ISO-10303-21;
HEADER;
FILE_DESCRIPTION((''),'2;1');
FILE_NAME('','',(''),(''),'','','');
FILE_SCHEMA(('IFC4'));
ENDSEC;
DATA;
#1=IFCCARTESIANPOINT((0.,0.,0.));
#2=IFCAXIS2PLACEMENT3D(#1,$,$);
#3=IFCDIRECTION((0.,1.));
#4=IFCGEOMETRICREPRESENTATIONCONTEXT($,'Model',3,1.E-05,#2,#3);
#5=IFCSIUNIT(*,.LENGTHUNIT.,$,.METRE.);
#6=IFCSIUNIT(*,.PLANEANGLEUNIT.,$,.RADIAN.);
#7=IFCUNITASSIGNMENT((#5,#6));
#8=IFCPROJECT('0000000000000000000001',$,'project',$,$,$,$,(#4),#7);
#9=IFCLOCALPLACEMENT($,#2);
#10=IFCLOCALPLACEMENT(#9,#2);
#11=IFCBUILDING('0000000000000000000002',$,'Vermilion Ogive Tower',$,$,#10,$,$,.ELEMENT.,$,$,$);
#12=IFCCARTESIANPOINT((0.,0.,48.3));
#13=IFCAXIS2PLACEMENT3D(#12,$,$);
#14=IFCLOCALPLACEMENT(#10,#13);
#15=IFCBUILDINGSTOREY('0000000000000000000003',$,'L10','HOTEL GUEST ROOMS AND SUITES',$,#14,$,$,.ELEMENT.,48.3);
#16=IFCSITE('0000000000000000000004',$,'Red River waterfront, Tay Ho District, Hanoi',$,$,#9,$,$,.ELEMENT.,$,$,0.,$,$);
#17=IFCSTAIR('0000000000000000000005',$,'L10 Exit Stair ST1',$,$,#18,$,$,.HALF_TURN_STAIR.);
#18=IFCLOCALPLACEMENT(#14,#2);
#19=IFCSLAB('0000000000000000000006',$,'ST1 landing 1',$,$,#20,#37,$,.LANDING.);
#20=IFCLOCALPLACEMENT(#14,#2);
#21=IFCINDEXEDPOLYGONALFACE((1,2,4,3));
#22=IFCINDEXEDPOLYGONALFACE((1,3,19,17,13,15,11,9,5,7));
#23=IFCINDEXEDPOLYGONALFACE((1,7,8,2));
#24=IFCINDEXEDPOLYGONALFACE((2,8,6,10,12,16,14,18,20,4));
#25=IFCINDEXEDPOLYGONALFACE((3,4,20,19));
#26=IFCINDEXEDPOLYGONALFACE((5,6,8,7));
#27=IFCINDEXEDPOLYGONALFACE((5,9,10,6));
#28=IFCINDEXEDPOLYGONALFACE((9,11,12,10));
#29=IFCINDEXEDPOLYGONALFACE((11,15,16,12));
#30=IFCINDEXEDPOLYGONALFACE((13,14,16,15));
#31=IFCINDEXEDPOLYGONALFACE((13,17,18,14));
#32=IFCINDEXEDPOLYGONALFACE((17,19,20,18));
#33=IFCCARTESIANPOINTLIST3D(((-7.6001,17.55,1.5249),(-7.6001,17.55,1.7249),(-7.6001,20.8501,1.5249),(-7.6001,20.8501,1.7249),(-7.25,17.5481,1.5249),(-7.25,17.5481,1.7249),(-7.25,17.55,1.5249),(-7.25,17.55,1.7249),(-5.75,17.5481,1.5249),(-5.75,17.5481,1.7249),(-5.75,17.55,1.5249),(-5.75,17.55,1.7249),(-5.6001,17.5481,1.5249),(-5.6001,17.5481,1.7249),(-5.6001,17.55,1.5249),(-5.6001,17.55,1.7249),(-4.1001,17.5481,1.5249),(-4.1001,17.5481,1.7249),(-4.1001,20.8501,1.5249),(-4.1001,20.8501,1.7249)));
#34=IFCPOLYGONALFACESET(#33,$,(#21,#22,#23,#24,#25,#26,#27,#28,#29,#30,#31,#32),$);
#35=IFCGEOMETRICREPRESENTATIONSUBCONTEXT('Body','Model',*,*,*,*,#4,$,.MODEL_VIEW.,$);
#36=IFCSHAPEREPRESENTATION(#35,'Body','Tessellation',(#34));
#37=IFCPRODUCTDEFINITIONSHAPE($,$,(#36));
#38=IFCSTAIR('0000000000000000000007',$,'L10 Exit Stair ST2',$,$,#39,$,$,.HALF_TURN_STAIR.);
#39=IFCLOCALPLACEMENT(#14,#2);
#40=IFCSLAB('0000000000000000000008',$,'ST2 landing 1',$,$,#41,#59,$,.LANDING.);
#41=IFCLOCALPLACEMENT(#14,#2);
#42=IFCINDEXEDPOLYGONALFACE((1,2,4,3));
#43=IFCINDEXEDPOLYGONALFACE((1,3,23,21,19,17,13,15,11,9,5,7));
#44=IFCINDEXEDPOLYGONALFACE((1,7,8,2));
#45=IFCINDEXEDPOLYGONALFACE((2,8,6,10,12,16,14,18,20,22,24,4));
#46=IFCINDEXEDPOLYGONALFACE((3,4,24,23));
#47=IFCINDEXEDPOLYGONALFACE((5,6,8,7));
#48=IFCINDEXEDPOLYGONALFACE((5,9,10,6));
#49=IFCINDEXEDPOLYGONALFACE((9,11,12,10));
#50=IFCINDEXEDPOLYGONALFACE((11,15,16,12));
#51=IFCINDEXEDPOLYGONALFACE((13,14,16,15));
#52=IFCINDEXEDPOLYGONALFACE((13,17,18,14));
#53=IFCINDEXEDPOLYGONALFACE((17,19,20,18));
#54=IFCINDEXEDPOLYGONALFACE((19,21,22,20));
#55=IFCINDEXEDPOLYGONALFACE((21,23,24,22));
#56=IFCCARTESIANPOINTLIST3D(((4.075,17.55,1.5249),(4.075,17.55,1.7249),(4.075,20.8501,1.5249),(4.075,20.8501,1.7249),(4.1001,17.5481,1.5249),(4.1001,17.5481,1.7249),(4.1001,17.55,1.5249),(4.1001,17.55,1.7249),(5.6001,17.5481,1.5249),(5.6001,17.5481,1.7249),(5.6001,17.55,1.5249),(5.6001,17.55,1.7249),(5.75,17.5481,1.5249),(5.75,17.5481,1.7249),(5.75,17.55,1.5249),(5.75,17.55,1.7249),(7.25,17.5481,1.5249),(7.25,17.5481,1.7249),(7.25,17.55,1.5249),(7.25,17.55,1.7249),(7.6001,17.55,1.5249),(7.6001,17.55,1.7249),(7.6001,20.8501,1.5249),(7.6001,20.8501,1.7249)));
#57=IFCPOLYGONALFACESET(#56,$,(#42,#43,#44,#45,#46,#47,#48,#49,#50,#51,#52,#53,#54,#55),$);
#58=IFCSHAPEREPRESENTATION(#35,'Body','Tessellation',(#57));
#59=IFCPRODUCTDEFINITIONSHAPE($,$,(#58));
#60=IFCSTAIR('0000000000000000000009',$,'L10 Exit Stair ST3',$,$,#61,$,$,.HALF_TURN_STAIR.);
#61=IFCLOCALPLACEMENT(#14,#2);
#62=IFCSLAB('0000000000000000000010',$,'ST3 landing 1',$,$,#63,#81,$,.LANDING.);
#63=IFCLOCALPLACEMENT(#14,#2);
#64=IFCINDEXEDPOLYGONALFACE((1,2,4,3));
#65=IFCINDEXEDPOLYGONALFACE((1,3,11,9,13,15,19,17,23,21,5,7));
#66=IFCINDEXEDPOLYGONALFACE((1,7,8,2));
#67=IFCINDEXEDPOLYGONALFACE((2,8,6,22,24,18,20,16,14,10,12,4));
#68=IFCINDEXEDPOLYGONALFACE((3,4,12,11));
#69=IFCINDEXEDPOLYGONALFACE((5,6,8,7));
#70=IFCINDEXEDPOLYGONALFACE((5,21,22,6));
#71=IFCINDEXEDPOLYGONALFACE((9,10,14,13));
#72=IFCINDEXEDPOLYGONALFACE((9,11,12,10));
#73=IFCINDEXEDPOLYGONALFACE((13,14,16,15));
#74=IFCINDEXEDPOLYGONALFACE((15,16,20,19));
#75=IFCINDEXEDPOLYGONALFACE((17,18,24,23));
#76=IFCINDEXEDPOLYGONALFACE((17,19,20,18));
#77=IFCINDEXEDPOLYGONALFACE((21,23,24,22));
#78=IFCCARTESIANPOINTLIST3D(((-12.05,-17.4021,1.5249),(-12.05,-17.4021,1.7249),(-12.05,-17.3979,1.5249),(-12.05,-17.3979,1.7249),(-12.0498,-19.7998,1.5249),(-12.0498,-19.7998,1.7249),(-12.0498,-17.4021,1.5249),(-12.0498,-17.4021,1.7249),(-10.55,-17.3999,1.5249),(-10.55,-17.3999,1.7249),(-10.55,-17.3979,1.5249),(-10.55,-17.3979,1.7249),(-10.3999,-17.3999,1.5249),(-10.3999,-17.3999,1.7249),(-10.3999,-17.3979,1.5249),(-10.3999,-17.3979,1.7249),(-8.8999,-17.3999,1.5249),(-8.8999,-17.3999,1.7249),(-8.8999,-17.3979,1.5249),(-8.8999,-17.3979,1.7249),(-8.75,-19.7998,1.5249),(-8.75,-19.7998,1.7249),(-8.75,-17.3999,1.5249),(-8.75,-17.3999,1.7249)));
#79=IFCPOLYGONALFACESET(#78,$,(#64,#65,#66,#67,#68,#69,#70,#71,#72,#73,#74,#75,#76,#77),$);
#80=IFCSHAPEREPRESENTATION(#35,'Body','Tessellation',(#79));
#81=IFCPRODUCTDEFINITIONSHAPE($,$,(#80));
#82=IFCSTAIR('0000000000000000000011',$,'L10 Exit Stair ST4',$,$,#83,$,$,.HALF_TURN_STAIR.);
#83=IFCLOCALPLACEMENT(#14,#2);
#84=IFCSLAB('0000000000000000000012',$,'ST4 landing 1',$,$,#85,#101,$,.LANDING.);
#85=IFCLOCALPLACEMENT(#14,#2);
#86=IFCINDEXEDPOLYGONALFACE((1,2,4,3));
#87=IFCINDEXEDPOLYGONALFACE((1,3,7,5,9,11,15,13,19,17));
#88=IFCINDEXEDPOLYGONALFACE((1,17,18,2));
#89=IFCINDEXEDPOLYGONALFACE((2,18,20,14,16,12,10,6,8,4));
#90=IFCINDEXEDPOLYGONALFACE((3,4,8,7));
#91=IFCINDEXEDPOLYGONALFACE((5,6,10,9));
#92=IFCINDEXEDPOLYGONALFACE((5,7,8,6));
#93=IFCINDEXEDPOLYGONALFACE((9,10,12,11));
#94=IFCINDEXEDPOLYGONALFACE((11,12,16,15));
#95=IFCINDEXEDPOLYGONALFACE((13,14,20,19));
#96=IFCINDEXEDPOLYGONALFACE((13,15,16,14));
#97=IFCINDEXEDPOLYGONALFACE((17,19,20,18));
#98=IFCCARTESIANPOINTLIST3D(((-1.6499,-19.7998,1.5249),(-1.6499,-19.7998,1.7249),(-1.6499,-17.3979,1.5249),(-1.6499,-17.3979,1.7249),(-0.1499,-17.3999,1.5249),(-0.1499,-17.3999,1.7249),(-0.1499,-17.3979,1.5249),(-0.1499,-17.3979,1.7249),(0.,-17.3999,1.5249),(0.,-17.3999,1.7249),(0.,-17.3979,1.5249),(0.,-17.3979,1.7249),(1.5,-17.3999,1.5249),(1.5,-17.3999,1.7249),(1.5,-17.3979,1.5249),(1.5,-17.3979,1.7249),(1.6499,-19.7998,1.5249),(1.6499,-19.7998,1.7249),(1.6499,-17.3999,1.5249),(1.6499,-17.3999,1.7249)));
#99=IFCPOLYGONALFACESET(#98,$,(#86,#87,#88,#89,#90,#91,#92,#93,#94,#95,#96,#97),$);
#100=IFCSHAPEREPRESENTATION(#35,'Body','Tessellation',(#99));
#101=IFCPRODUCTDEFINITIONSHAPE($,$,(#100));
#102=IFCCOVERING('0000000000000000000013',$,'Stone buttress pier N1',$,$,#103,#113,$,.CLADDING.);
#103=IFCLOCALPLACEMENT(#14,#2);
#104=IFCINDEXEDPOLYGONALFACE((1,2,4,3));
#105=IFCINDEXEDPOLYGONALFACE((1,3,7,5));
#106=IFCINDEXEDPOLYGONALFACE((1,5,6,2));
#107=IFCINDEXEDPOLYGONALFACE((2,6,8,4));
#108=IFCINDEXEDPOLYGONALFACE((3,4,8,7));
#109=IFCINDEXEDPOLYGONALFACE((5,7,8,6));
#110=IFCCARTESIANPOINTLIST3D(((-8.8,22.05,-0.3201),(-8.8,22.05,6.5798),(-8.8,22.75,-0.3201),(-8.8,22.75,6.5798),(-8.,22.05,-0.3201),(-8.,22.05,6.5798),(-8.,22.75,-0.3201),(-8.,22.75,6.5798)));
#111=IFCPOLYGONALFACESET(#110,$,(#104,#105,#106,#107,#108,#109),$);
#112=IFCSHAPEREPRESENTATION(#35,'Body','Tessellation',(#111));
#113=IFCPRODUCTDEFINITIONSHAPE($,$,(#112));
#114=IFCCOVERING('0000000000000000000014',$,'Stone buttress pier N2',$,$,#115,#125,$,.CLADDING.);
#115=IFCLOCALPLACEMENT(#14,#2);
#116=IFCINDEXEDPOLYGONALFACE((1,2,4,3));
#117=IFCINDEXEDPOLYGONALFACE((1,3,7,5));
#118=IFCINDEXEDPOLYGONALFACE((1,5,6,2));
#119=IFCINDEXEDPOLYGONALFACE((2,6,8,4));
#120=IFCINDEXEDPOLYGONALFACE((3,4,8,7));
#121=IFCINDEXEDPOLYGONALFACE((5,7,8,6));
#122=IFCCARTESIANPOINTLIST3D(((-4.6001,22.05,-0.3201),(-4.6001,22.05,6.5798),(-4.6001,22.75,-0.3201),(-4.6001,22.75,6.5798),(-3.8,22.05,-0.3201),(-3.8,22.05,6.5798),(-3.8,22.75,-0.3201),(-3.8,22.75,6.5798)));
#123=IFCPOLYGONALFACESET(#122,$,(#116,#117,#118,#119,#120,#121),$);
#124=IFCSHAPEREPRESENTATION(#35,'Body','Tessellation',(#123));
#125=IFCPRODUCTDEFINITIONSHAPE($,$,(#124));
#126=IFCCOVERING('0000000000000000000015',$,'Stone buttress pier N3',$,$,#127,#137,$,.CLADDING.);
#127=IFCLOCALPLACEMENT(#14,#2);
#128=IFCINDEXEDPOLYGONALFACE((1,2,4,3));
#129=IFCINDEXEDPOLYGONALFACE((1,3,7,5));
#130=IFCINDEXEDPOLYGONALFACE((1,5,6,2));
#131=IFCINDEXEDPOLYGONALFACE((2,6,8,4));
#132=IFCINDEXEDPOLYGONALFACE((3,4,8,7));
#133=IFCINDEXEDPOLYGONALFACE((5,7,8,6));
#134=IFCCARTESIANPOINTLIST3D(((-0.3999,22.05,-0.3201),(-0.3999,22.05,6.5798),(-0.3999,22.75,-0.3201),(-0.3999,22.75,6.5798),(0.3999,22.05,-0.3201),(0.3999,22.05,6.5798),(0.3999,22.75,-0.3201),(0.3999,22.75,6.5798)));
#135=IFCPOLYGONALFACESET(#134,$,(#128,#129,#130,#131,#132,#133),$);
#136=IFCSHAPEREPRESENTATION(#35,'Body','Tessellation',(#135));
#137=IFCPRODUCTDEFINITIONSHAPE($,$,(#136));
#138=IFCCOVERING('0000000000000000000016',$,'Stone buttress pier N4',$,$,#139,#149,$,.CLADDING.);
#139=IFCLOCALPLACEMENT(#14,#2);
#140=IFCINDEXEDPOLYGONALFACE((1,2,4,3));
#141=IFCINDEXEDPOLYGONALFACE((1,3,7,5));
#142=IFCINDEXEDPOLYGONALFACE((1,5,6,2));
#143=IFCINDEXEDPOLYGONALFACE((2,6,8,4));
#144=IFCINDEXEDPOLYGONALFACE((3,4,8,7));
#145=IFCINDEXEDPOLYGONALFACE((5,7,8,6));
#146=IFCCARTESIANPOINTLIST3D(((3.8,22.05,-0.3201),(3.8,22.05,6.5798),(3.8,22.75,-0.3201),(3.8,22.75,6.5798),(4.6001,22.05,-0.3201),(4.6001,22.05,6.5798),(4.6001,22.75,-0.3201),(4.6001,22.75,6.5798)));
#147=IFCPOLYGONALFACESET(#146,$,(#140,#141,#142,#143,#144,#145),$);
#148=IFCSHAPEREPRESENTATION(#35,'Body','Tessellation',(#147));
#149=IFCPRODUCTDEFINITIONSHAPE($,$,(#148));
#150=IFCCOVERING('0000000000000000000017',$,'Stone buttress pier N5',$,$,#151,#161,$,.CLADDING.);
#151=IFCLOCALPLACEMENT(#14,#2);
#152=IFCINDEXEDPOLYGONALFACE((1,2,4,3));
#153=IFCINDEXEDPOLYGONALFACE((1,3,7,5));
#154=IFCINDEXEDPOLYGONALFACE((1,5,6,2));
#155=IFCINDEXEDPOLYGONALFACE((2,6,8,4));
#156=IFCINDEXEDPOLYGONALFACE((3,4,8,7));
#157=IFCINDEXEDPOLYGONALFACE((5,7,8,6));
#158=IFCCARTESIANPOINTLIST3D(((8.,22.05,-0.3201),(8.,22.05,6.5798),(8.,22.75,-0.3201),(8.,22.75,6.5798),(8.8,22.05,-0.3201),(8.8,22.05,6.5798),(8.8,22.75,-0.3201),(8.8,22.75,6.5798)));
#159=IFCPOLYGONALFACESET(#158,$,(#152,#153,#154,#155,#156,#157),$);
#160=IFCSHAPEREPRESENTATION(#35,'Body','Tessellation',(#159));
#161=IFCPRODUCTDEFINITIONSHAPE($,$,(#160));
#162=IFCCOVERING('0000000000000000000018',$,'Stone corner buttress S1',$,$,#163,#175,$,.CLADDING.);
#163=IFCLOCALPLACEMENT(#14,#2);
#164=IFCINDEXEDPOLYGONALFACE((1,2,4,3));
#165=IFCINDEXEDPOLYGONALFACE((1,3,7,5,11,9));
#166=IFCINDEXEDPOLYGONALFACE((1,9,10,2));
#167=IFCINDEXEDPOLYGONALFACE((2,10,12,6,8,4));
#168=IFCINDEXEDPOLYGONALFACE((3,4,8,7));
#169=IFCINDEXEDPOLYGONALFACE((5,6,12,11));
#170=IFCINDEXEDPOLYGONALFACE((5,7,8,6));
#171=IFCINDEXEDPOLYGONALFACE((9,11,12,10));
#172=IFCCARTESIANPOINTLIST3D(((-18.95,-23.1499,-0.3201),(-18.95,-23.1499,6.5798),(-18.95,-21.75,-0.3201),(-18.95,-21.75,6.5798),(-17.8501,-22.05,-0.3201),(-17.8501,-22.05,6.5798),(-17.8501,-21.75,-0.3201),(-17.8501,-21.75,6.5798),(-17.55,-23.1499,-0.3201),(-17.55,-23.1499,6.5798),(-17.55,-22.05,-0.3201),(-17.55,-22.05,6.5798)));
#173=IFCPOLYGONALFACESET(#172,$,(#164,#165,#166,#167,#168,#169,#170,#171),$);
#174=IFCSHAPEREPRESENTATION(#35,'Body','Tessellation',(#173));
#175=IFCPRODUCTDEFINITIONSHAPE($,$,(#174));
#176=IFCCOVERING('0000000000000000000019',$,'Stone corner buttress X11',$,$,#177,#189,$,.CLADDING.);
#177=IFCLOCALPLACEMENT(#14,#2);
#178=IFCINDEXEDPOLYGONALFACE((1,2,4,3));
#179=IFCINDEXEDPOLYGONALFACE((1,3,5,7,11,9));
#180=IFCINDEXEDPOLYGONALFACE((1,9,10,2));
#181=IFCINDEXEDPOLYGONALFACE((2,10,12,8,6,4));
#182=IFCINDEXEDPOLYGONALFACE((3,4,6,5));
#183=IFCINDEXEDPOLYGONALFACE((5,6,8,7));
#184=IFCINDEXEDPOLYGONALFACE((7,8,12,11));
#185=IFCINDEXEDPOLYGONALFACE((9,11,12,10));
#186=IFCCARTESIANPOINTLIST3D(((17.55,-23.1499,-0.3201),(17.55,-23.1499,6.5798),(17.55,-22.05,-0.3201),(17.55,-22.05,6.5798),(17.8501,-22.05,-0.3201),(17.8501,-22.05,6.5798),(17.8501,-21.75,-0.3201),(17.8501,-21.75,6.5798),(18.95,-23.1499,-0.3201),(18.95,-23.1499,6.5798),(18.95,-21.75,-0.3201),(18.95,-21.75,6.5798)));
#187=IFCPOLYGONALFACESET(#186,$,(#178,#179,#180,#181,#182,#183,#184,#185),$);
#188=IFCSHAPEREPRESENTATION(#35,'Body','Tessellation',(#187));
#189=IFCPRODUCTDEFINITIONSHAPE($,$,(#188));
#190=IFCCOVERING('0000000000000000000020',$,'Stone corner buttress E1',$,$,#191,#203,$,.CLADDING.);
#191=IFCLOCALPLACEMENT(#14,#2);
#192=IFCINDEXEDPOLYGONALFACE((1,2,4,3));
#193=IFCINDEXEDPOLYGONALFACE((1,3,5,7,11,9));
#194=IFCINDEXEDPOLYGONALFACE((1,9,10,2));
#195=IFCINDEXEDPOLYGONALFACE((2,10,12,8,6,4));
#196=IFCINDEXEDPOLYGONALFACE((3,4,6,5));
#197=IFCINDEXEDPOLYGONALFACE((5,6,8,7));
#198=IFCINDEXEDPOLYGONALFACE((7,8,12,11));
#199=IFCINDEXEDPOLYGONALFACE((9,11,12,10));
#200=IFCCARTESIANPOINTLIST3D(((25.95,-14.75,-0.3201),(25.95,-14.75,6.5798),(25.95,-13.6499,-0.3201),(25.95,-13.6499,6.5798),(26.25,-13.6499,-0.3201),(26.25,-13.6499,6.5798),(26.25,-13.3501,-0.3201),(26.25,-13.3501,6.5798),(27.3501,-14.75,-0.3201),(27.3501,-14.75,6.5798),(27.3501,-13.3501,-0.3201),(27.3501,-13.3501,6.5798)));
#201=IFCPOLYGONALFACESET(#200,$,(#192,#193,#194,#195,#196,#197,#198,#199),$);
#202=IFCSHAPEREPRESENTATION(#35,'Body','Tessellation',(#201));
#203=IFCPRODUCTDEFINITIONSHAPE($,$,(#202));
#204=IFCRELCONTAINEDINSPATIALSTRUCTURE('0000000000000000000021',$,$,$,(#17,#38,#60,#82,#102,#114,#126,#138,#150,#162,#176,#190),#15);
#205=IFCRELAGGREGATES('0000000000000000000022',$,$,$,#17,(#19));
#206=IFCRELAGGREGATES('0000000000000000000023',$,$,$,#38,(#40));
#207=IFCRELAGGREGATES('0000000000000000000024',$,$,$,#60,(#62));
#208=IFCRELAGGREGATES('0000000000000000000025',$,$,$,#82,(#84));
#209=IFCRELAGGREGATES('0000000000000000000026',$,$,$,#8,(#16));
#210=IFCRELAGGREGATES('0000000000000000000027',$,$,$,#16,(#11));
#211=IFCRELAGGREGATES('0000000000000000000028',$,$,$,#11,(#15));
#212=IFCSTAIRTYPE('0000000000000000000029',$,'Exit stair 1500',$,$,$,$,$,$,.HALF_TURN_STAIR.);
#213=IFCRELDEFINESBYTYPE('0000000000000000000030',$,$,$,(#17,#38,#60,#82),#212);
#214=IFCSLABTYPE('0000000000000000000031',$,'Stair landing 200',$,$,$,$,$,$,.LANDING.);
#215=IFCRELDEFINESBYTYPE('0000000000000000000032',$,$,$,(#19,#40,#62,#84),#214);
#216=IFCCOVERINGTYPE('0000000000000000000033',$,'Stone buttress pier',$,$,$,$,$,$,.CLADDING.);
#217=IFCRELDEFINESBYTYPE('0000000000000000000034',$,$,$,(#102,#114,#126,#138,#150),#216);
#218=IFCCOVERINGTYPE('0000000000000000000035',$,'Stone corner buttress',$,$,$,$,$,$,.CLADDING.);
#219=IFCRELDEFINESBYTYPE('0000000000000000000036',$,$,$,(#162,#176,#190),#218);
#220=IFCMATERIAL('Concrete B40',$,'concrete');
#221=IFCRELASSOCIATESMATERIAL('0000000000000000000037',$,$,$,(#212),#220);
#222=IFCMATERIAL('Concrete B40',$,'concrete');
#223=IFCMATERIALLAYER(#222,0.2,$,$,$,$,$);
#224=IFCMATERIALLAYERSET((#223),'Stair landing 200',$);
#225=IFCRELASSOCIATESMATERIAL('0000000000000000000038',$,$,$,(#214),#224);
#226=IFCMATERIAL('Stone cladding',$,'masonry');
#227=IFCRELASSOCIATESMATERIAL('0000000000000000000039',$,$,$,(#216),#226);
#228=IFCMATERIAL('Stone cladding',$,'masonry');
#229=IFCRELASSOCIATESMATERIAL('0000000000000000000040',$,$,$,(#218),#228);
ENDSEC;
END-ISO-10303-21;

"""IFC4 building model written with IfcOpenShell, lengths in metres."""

from ifc_helpers import new_model, si_unit, direction, frame, origin, place, context, subcontext, project, spatial, polyline, outline, extrude, material, layer, layer_set, type_object, element, aggregate, save


model = new_model("IFC4")

# Units and contexts
model_context = context("Model", 3, precision=1e-05, world=origin(), true_north=direction((0.0, 1.0)))
body_context = subcontext(model_context, "Body", "Model", "MODEL_VIEW")
ifc_project = project(units=[si_unit("LENGTHUNIT", "METRE"), si_unit("PLANEANGLEUNIT", "RADIAN")], contexts=[model_context])

# Site, building, storey
site_placement = place(None, origin())
site = spatial("IfcSite", under=ifc_project, at=site_placement, Name="Red River waterfront, Tay Ho District, Hanoi", CompositionType="ELEMENT", RefElevation=0.0)
building_placement = place(site_placement, origin())
building = spatial("IfcBuilding", under=site, at=building_placement, Name="Vermilion Ogive Tower", CompositionType="ELEMENT")
storey_placement = place(building_placement, frame((0.0, 0.0, 48.3)))
storey = spatial("IfcBuildingStorey", under=building, at=storey_placement, Name="L10", Description="HOTEL GUEST ROOMS AND SUITES", CompositionType="ELEMENT", Elevation=48.3)

# Stairs, slabs
ifc_material_1 = material(Name="Concrete B40", Category="concrete")
stair_type = type_object("IfcStairType", Name="Exit stair 1500", PredefinedType="HALF_TURN_STAIR", material=ifc_material_1)
stair_1_placement = place(storey_placement, origin())
stair_1 = element("IfcStair", 1, at=stair_1_placement, inside=storey, type_object=stair_type, Name="L10 Exit Stair ST1", PredefinedType="HALF_TURN_STAIR")
ifc_material_2 = material(Name="Concrete B40", Category="concrete")
ifc_layer = layer(ifc_material_2, 0.2)
ifc_layer_set = layer_set([ifc_layer], Name="Stair landing 200")
slab_type = type_object("IfcSlabType", Name="Stair landing 200", PredefinedType="LANDING", material=ifc_layer_set)
slab_1_placement = place(storey_placement, frame((0.0, 0.0, 1.5249)))
slab_1 = element("IfcSlab", 2, at=slab_1_placement, type_object=slab_type, Name="ST1 landing 1", PredefinedType="LANDING", context=body_context, shape_type="SweptSolid", body=[
    extrude(outline(polyline([(-7.6001, 17.55), (-7.25, 17.55), (-7.25, 17.5481), (-5.75, 17.5481), (-5.75, 17.55), (-5.6001, 17.55), (-5.6001, 17.5481), (-4.1001, 17.5481), (-4.1001, 20.8501), (-7.6001, 20.8501), (-7.6001, 17.55)])), origin(), (0.0, 0.0, 1.0), 0.2),
])
aggregate(stair_1, [slab_1])
stair_2_placement = place(storey_placement, origin())
stair_2 = element("IfcStair", 3, at=stair_2_placement, inside=storey, type_object=stair_type, Name="L10 Exit Stair ST2", PredefinedType="HALF_TURN_STAIR")
slab_2_placement = place(storey_placement, frame((0.0, 0.0, 1.5249)))
slab_2 = element("IfcSlab", 4, at=slab_2_placement, type_object=slab_type, Name="ST2 landing 1", PredefinedType="LANDING", context=body_context, shape_type="SweptSolid", body=[
    extrude(outline(polyline([(5.6001, 17.55), (5.75, 17.55), (5.75, 17.5481), (7.25, 17.5481), (7.25, 17.55), (7.6001, 17.55), (7.6001, 20.8501), (4.075, 20.8501), (4.075, 17.55), (4.1001, 17.55), (4.1001, 17.5481), (5.6001, 17.5481), (5.6001, 17.55)])), origin(), (0.0, 0.0, 1.0), 0.2),
])
aggregate(stair_2, [slab_2])
stair_3_placement = place(storey_placement, origin())
stair_3 = element("IfcStair", 5, at=stair_3_placement, inside=storey, type_object=stair_type, Name="L10 Exit Stair ST3", PredefinedType="HALF_TURN_STAIR")
slab_3_placement = place(storey_placement, frame((0.0, 0.0, 1.5249)))
slab_3 = element("IfcSlab", 6, at=slab_3_placement, type_object=slab_type, Name="ST3 landing 1", PredefinedType="LANDING", context=body_context, shape_type="SweptSolid", body=[
    extrude(outline(polyline([(-8.75, -17.3999), (-8.8999, -17.3999), (-8.8999, -17.3979), (-10.3999, -17.3979), (-10.3999, -17.3999), (-10.55, -17.3999), (-10.55, -17.3979), (-12.05, -17.3979), (-12.05, -17.4021), (-12.0498, -17.4021), (-12.0498, -19.7998), (-8.75, -19.7998), (-8.75, -17.3999)])), origin(), (0.0, 0.0, 1.0), 0.2),
])
aggregate(stair_3, [slab_3])
stair_4_placement = place(storey_placement, origin())
stair_4 = element("IfcStair", 7, at=stair_4_placement, inside=storey, type_object=stair_type, Name="L10 Exit Stair ST4", PredefinedType="HALF_TURN_STAIR")
slab_4_placement = place(storey_placement, frame((0.0, 0.0, 1.5249)))
slab_4 = element("IfcSlab", 8, at=slab_4_placement, type_object=slab_type, Name="ST4 landing 1", PredefinedType="LANDING", context=body_context, shape_type="SweptSolid", body=[
    extrude(outline(polyline([(1.6499, -17.3999), (1.5, -17.3999), (1.5, -17.3979), (0.0, -17.3979), (0.0, -17.3999), (-0.1499, -17.3999), (-0.1499, -17.3979), (-1.6499, -17.3979), (-1.6499, -19.7998), (1.6499, -19.7998), (1.6499, -17.3999)])), origin(), (0.0, 0.0, 1.0), 0.2),
])
aggregate(stair_4, [slab_4])

# Coverings
ifc_material_3 = material(Name="Stone cladding", Category="masonry")
covering_type_1 = type_object("IfcCoveringType", Name="Stone buttress pier", PredefinedType="CLADDING", material=ifc_material_3)
covering_1_placement = place(storey_placement, frame((0.0, 0.0, -0.3201)))
element("IfcCovering", 9, at=covering_1_placement, inside=storey, type_object=covering_type_1, Name="Stone buttress pier N1", PredefinedType="CLADDING", context=body_context, shape_type="SweptSolid", body=[
    extrude(outline(polyline([(-8.0, 22.75), (-8.0, 22.05), (-8.8, 22.05), (-8.8, 22.75), (-8.0, 22.75)])), origin(), (0.0, 0.0, 1.0), 6.8999),
])
covering_2_placement = place(storey_placement, frame((0.0, 0.0, -0.3201)))
element("IfcCovering", 10, at=covering_2_placement, inside=storey, type_object=covering_type_1, Name="Stone buttress pier N2", PredefinedType="CLADDING", context=body_context, shape_type="SweptSolid", body=[
    extrude(outline(polyline([(-3.8, 22.75), (-3.8, 22.05), (-4.6001, 22.05), (-4.6001, 22.75), (-3.8, 22.75)])), origin(), (0.0, 0.0, 1.0), 6.8999),
])
covering_3_placement = place(storey_placement, frame((0.0, 0.0, -0.3201)))
element("IfcCovering", 11, at=covering_3_placement, inside=storey, type_object=covering_type_1, Name="Stone buttress pier N3", PredefinedType="CLADDING", context=body_context, shape_type="SweptSolid", body=[
    extrude(outline(polyline([(0.3999, 22.75), (0.3999, 22.05), (-0.3999, 22.05), (-0.3999, 22.75), (0.3999, 22.75)])), origin(), (0.0, 0.0, 1.0), 6.8999),
])
covering_4_placement = place(storey_placement, frame((0.0, 0.0, -0.3201)))
element("IfcCovering", 12, at=covering_4_placement, inside=storey, type_object=covering_type_1, Name="Stone buttress pier N4", PredefinedType="CLADDING", context=body_context, shape_type="SweptSolid", body=[
    extrude(outline(polyline([(4.6001, 22.75), (4.6001, 22.05), (3.8, 22.05), (3.8, 22.75), (4.6001, 22.75)])), origin(), (0.0, 0.0, 1.0), 6.8999),
])
covering_5_placement = place(storey_placement, frame((0.0, 0.0, -0.3201)))
element("IfcCovering", 13, at=covering_5_placement, inside=storey, type_object=covering_type_1, Name="Stone buttress pier N5", PredefinedType="CLADDING", context=body_context, shape_type="SweptSolid", body=[
    extrude(outline(polyline([(8.8, 22.75), (8.8, 22.05), (8.0, 22.05), (8.0, 22.75), (8.8, 22.75)])), origin(), (0.0, 0.0, 1.0), 6.8999),
])
ifc_material_4 = material(Name="Stone cladding", Category="masonry")
covering_type_2 = type_object("IfcCoveringType", Name="Stone corner buttress", PredefinedType="CLADDING", material=ifc_material_4)
covering_6_placement = place(storey_placement, frame((0.0, 0.0, -0.3201)))
element("IfcCovering", 14, at=covering_6_placement, inside=storey, type_object=covering_type_2, Name="Stone corner buttress S1", PredefinedType="CLADDING", context=body_context, shape_type="SweptSolid", body=[
    extrude(outline(polyline([(-17.8501, -21.75), (-17.8501, -22.05), (-17.55, -22.05), (-17.55, -23.1499), (-18.95, -23.1499), (-18.95, -21.75), (-17.8501, -21.75)])), origin(), (0.0, 0.0, 1.0), 6.8999),
])
covering_7_placement = place(storey_placement, frame((0.0, 0.0, -0.3201)))
element("IfcCovering", 15, at=covering_7_placement, inside=storey, type_object=covering_type_2, Name="Stone corner buttress X11", PredefinedType="CLADDING", context=body_context, shape_type="SweptSolid", body=[
    extrude(outline(polyline([(17.55, -23.1499), (17.55, -22.05), (17.8501, -22.05), (17.8501, -21.75), (18.95, -21.75), (18.95, -23.1499), (17.55, -23.1499)])), origin(), (0.0, 0.0, 1.0), 6.8999),
])
covering_8_placement = place(storey_placement, frame((0.0, 0.0, -0.3201)))
element("IfcCovering", 16, at=covering_8_placement, inside=storey, type_object=covering_type_2, Name="Stone corner buttress E1", PredefinedType="CLADDING", context=body_context, shape_type="SweptSolid", body=[
    extrude(outline(polyline([(26.25, -13.6499), (26.25, -13.3501), (27.3501, -13.3501), (27.3501, -14.75), (25.95, -14.75), (25.95, -13.6499), (26.25, -13.6499)])), origin(), (0.0, 0.0, 1.0), 6.8999),
])

save(model, "model.ifc")
